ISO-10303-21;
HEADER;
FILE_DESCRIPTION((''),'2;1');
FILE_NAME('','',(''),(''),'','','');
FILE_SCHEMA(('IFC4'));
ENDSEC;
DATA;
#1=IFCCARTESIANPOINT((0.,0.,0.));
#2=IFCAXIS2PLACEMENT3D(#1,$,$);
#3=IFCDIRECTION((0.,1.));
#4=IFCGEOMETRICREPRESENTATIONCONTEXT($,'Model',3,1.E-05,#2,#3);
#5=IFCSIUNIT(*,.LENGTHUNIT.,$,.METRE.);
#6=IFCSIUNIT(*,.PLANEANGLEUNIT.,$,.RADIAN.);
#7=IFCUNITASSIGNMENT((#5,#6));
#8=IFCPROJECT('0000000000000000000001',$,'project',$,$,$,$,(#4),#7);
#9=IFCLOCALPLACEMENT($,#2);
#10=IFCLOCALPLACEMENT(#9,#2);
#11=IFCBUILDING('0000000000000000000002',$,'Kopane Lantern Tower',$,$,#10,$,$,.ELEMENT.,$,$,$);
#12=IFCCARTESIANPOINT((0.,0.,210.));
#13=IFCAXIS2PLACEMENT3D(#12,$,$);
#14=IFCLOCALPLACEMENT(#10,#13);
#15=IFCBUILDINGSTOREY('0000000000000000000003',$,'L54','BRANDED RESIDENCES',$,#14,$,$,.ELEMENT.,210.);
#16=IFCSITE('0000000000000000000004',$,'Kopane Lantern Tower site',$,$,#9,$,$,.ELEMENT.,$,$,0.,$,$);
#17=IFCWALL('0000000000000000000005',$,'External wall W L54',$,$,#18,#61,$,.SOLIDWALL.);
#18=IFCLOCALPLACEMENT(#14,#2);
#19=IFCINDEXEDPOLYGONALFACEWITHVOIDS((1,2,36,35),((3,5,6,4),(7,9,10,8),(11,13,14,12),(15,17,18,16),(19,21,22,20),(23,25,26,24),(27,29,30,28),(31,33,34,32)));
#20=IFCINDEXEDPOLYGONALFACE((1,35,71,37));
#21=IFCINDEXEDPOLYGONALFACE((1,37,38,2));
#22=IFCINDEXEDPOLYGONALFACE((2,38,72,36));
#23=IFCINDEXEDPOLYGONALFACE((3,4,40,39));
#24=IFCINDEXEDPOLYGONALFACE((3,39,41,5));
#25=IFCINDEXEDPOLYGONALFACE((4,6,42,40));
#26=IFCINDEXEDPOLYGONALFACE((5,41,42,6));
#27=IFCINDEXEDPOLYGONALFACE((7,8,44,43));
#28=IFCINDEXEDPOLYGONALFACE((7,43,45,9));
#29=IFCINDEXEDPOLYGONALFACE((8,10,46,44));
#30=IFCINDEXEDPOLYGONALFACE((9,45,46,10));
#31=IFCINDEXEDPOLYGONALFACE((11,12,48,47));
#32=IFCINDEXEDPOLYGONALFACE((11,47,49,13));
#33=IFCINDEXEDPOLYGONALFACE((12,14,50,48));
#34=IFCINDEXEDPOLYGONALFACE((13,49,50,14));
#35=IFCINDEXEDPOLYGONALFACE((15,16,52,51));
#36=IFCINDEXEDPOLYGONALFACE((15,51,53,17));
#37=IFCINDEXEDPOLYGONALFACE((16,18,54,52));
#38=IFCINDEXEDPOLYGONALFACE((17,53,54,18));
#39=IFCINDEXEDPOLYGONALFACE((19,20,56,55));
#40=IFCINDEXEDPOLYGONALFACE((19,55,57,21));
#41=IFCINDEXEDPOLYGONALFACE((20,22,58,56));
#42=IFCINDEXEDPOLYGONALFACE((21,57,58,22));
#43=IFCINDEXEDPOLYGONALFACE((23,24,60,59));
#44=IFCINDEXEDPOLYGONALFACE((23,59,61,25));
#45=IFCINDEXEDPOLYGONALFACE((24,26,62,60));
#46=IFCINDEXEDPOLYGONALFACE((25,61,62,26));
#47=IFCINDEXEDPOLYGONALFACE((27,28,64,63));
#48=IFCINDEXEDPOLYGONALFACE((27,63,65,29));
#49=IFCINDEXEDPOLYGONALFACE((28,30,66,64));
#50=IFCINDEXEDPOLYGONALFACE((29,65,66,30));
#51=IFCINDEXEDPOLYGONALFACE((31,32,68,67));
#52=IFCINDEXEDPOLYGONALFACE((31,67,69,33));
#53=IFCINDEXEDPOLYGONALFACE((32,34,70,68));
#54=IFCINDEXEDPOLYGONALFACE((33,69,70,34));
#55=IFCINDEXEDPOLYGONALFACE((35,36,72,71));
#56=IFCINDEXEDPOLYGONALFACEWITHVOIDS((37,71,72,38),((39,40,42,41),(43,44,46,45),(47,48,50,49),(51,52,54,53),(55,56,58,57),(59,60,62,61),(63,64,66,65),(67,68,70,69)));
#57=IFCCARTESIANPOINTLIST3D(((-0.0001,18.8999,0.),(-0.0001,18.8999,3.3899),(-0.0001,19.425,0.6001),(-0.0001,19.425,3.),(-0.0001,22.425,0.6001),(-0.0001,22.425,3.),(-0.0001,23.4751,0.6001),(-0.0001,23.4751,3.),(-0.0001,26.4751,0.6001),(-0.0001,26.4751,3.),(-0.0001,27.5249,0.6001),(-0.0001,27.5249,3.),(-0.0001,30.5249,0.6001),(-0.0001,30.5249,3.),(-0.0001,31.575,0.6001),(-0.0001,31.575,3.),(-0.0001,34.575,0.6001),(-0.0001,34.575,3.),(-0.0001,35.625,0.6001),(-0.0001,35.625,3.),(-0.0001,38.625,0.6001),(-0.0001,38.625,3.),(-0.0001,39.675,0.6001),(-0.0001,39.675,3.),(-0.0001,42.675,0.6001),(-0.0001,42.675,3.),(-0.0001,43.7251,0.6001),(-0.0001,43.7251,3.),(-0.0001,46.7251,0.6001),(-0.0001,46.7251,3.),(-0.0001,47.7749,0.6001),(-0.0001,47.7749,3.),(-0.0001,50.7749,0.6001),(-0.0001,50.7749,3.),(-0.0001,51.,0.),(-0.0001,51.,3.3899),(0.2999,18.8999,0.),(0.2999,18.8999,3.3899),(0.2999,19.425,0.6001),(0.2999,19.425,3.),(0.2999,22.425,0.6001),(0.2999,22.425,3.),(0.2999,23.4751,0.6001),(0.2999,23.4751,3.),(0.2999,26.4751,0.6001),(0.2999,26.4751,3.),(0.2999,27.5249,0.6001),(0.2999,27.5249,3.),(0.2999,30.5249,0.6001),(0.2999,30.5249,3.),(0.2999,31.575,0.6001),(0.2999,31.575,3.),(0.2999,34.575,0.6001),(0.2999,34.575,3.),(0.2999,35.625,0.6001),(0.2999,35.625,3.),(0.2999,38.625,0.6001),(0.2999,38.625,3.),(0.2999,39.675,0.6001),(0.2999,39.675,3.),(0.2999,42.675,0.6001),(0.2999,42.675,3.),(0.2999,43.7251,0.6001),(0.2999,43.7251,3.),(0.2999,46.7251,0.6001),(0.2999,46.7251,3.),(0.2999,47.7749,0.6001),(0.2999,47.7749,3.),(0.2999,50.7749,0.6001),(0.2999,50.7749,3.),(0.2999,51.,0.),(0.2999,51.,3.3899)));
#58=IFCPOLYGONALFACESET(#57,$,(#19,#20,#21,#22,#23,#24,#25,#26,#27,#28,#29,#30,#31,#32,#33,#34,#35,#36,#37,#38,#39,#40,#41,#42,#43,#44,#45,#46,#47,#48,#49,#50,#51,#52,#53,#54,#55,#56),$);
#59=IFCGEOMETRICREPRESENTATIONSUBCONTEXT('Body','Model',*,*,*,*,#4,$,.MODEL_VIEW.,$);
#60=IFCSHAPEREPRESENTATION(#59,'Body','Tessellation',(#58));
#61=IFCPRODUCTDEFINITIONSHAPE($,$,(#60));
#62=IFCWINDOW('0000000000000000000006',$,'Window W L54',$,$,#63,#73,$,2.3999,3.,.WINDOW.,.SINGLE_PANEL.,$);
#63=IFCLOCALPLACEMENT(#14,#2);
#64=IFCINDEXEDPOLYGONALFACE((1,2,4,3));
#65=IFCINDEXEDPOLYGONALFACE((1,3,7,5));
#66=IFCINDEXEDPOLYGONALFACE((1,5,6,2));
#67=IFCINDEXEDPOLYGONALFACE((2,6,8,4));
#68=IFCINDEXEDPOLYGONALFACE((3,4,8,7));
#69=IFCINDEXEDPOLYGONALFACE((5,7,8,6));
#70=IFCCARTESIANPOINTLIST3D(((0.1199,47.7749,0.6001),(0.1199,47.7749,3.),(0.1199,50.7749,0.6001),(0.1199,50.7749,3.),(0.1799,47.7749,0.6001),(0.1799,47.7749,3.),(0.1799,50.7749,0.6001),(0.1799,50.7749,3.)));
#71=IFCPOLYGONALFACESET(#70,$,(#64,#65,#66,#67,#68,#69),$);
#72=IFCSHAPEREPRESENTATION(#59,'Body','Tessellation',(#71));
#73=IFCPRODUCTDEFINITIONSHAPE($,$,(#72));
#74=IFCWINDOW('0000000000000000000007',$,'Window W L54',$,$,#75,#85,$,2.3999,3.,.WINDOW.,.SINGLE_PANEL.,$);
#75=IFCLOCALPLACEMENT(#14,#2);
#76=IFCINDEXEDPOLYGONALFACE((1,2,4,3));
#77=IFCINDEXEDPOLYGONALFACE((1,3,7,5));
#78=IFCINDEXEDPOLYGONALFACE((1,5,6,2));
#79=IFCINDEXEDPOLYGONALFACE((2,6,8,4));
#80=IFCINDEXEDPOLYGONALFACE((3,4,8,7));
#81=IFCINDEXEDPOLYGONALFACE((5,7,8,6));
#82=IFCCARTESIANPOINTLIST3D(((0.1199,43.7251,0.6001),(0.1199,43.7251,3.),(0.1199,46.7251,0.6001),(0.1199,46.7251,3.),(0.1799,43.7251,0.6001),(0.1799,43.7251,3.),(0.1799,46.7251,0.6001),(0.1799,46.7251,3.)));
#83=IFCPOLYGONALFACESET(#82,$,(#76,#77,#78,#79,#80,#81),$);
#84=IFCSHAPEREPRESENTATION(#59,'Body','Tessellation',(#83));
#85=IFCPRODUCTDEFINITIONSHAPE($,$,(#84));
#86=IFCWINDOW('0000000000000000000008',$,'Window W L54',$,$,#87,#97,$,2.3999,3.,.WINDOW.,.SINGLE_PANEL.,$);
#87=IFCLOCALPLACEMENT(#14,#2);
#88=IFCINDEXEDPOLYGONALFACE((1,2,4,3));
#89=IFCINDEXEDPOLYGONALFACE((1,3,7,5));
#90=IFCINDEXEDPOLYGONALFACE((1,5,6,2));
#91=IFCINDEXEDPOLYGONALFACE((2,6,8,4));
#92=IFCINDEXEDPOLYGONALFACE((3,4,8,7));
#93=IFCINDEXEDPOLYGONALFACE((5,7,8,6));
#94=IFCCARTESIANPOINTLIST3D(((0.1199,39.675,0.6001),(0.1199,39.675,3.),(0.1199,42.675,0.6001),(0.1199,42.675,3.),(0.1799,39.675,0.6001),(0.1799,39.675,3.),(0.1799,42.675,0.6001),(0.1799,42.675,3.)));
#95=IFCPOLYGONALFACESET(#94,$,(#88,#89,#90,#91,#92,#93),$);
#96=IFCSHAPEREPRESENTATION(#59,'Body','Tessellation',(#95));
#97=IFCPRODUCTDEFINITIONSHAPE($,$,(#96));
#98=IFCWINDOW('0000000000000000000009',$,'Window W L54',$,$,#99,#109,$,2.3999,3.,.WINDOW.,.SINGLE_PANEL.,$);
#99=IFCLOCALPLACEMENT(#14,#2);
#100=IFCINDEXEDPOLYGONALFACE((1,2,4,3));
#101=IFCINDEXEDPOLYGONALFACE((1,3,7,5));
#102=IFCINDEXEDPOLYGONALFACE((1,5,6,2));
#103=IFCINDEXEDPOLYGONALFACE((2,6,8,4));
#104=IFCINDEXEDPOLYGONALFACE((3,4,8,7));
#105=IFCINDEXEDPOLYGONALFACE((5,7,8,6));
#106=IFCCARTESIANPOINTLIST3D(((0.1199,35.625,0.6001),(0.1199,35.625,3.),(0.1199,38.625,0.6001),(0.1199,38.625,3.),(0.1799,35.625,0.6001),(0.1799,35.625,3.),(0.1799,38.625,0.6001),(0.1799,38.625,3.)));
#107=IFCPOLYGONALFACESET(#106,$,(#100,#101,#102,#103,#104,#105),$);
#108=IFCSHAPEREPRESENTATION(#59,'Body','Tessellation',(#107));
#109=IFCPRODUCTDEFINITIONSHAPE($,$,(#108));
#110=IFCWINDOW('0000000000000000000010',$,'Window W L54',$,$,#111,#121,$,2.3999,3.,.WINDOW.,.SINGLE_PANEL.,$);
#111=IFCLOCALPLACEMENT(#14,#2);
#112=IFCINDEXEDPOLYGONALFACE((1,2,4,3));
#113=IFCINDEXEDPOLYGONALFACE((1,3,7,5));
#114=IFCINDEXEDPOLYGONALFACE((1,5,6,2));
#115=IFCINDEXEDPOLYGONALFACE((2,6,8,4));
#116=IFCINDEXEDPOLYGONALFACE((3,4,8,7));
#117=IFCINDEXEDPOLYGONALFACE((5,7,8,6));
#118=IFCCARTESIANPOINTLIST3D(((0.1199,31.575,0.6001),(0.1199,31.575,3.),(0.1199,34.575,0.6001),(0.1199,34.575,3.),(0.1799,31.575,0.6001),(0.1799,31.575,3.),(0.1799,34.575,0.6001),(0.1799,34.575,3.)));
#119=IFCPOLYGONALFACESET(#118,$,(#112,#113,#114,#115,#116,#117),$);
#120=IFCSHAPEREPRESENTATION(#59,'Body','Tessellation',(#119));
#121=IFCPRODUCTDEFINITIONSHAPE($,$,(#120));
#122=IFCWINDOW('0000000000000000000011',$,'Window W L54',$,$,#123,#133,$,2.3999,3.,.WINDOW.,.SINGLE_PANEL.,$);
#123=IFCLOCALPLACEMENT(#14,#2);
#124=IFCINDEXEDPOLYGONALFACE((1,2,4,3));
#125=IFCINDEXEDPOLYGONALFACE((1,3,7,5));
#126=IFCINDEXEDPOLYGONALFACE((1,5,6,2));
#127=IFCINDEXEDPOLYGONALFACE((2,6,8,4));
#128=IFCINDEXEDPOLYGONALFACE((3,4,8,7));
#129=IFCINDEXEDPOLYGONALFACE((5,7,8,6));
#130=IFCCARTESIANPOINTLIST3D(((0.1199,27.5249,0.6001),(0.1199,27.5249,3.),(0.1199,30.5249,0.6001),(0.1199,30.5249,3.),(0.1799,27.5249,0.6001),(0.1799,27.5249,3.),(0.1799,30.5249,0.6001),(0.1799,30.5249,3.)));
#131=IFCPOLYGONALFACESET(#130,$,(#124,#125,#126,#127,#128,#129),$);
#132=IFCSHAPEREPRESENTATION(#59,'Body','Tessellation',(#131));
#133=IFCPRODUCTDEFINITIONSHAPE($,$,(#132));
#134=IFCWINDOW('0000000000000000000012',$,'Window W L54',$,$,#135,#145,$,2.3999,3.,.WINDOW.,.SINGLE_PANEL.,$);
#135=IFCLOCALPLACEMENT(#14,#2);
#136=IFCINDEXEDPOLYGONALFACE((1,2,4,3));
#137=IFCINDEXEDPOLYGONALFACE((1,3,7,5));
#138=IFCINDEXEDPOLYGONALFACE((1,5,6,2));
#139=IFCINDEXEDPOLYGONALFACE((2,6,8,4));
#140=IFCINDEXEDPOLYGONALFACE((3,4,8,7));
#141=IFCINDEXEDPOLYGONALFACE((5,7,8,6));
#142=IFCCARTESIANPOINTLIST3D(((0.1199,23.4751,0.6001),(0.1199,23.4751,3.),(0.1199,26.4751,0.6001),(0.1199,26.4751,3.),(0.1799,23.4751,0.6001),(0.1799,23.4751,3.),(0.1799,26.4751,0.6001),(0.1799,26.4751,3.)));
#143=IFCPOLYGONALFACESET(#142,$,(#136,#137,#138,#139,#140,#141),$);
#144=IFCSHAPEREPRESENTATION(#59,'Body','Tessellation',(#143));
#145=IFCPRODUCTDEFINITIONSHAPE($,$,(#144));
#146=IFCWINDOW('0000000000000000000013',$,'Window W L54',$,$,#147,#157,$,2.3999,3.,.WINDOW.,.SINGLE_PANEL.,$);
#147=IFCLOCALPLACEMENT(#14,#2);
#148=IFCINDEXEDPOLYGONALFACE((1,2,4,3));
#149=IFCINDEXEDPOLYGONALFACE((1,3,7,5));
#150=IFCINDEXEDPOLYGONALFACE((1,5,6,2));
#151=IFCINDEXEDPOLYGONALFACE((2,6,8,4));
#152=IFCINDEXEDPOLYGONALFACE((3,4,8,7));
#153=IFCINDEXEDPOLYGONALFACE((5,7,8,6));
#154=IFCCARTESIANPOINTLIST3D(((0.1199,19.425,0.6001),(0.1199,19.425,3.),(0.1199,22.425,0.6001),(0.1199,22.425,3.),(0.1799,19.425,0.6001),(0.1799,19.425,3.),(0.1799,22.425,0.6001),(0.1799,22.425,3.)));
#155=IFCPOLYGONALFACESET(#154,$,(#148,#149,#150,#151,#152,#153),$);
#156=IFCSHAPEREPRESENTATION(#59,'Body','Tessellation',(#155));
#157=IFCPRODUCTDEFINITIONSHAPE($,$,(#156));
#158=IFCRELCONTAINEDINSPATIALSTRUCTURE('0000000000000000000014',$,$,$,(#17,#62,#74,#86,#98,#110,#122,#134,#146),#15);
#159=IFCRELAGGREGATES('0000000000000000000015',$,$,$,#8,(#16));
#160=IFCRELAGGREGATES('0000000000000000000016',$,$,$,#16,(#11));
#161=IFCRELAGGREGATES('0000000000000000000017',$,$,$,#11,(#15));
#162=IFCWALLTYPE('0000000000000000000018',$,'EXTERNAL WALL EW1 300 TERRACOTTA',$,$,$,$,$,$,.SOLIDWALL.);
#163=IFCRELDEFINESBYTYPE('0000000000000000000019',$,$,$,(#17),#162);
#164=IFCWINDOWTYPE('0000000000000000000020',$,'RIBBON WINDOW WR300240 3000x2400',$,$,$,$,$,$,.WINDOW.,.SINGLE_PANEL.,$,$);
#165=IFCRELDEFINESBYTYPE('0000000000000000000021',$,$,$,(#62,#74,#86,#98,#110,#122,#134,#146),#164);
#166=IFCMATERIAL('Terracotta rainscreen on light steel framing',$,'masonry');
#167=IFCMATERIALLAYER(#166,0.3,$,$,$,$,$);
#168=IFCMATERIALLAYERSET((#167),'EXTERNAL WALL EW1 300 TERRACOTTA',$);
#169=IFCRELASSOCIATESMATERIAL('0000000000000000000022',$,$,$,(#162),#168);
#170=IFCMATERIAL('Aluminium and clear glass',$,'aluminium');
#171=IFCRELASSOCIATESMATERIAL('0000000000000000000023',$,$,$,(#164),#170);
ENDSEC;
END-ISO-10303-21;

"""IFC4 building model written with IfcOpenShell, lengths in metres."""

from ifc_helpers import new_model, si_unit, direction, frame, frame_2d, origin, place, context, subcontext, project, spatial, rectangle, extrude, material, layer, layer_set, type_object, element, fill, save


model = new_model("IFC4")

# Units and contexts
model_context = context("Model", 3, precision=1e-05, world=origin(), true_north=direction((0.0, 1.0)))
body_context = subcontext(model_context, "Body", "Model", "MODEL_VIEW")
ifc_project = project(units=[si_unit("LENGTHUNIT", "METRE"), si_unit("PLANEANGLEUNIT", "RADIAN")], contexts=[model_context])

# Site, building, storey
site_placement = place(None, origin())
site = spatial("IfcSite", under=ifc_project, at=site_placement, Name="Kopane Lantern Tower site", CompositionType="ELEMENT", RefElevation=0.0)
building_placement = place(site_placement, origin())
building = spatial("IfcBuilding", under=site, at=building_placement, Name="Kopane Lantern Tower", CompositionType="ELEMENT")
storey_placement = place(building_placement, frame((0.0, 0.0, 210.0)))
storey = spatial("IfcBuildingStorey", under=building, at=storey_placement, Name="L54", Description="BRANDED RESIDENCES", CompositionType="ELEMENT", Elevation=210.0)

# Wall, openings, windows
ifc_material_1 = material(Name="Terracotta rainscreen on light steel framing", Category="masonry")
ifc_layer_1 = layer(ifc_material_1, 0.3)
ifc_layer_set_1 = layer_set([ifc_layer_1], Name="EXTERNAL WALL EW1 300 TERRACOTTA")
wall_type_1 = type_object("IfcWallType", Name="EXTERNAL WALL EW1 300 TERRACOTTA", PredefinedType="SOLIDWALL", material=ifc_layer_set_1)
wall_1_placement = place(storey_placement, frame((0.1499, 51.0, 0.0), z_axis=(0.0, 0.0, 1.0), x_axis=(0.0, -1.0, 0.0)))
wall_1 = element("IfcWall", 1, at=wall_1_placement, inside=storey, type_object=wall_type_1, Name="External wall W L54", PredefinedType="SOLIDWALL", context=body_context, shape_type="SweptSolid", body=[
    extrude(rectangle(XDim=32.1001, YDim=0.3, at=frame_2d((16.05, 0.0))), origin(), (0.0, 0.0, 1.0), 3.3899),
])
opening_1_placement = place(wall_1_placement, frame((0.2251, 0.0, 0.6001)))
opening_1 = element("IfcOpeningElement", 2, at=opening_1_placement, cuts=wall_1, PredefinedType="OPENING", context=body_context, shape_type="SweptSolid", body=[
    extrude(rectangle(XDim=3.0, YDim=2.3999, at=frame_2d((1.5, 1.2))), frame((0.0, 0.1599, 0.0), z_axis=(0.0, -1.0, 0.0), x_axis=(1.0, 0.0, 0.0)), (0.0, 0.0, 1.0), 0.3201),
])
opening_2_placement = place(wall_1_placement, frame((4.2749, 0.0, 0.6001)))
opening_2 = element("IfcOpeningElement", 3, at=opening_2_placement, cuts=wall_1, PredefinedType="OPENING", context=body_context, shape_type="SweptSolid", body=[
    extrude(rectangle(XDim=3.0, YDim=2.3999, at=frame_2d((1.5, 1.2))), frame((0.0, 0.1599, 0.0), z_axis=(0.0, -1.0, 0.0), x_axis=(1.0, 0.0, 0.0)), (0.0, 0.0, 1.0), 0.3201),
])
opening_3_placement = place(wall_1_placement, frame((8.325, 0.0, 0.6001)))
opening_3 = element("IfcOpeningElement", 4, at=opening_3_placement, cuts=wall_1, PredefinedType="OPENING", context=body_context, shape_type="SweptSolid", body=[
    extrude(rectangle(XDim=3.0, YDim=2.3999, at=frame_2d((1.5, 1.2))), frame((0.0, 0.1599, 0.0), z_axis=(0.0, -1.0, 0.0), x_axis=(1.0, 0.0, 0.0)), (0.0, 0.0, 1.0), 0.3201),
])
opening_4_placement = place(wall_1_placement, frame((12.375, 0.0, 0.6001)))
opening_4 = element("IfcOpeningElement", 5, at=opening_4_placement, cuts=wall_1, PredefinedType="OPENING", context=body_context, shape_type="SweptSolid", body=[
    extrude(rectangle(XDim=3.0, YDim=2.3999, at=frame_2d((1.5, 1.2))), frame((0.0, 0.1599, 0.0), z_axis=(0.0, -1.0, 0.0), x_axis=(1.0, 0.0, 0.0)), (0.0, 0.0, 1.0), 0.3201),
])
opening_5_placement = place(wall_1_placement, frame((16.425, 0.0, 0.6001)))
opening_5 = element("IfcOpeningElement", 6, at=opening_5_placement, cuts=wall_1, PredefinedType="OPENING", context=body_context, shape_type="SweptSolid", body=[
    extrude(rectangle(XDim=3.0, YDim=2.3999, at=frame_2d((1.5, 1.2))), frame((0.0, 0.1599, 0.0), z_axis=(0.0, -1.0, 0.0), x_axis=(1.0, 0.0, 0.0)), (0.0, 0.0, 1.0), 0.3201),
])
opening_6_placement = place(wall_1_placement, frame((20.4751, 0.0, 0.6001)))
opening_6 = element("IfcOpeningElement", 7, at=opening_6_placement, cuts=wall_1, PredefinedType="OPENING", context=body_context, shape_type="SweptSolid", body=[
    extrude(rectangle(XDim=3.0, YDim=2.3999, at=frame_2d((1.5, 1.2))), frame((0.0, 0.1599, 0.0), z_axis=(0.0, -1.0, 0.0), x_axis=(1.0, 0.0, 0.0)), (0.0, 0.0, 1.0), 0.3201),
])
opening_7_placement = place(wall_1_placement, frame((24.5249, 0.0, 0.6001)))
opening_7 = element("IfcOpeningElement", 8, at=opening_7_placement, cuts=wall_1, PredefinedType="OPENING", context=body_context, shape_type="SweptSolid", body=[
    extrude(rectangle(XDim=3.0, YDim=2.3999, at=frame_2d((1.5, 1.2))), frame((0.0, 0.1599, 0.0), z_axis=(0.0, -1.0, 0.0), x_axis=(1.0, 0.0, 0.0)), (0.0, 0.0, 1.0), 0.3201),
])
opening_8_placement = place(wall_1_placement, frame((28.575, 0.0, 0.6001)))
opening_8 = element("IfcOpeningElement", 9, at=opening_8_placement, cuts=wall_1, PredefinedType="OPENING", context=body_context, shape_type="SweptSolid", body=[
    extrude(rectangle(XDim=3.0, YDim=2.3999, at=frame_2d((1.5, 1.2))), frame((0.0, 0.1599, 0.0), z_axis=(0.0, -1.0, 0.0), x_axis=(1.0, 0.0, 0.0)), (0.0, 0.0, 1.0), 0.3201),
])
ifc_material_2 = material(Name="Aluminium and clear glass", Category="aluminium")
window_type = type_object("IfcWindowType", Name="RIBBON WINDOW WR300240 3000x2400", PartitioningType="SINGLE_PANEL", PredefinedType="WINDOW", material=ifc_material_2)
window_1_placement = place(opening_1_placement, origin())
window_1 = element("IfcWindow", 10, at=window_1_placement, inside=storey, type_object=window_type, Name="Window W L54", OverallHeight=2.3999, OverallWidth=3.0, PartitioningType="SINGLE_PANEL", PredefinedType="WINDOW", context=body_context, shape_type="SweptSolid", body=[
    extrude(rectangle(XDim=3.0, YDim=2.3999, at=frame_2d((1.5, 1.2))), frame((0.0, 0.03, 0.0), z_axis=(0.0, -1.0, 0.0), x_axis=(1.0, 0.0, 0.0)), (0.0, 0.0, 1.0), 0.0601),
])
fill(opening_1, window_1)
window_2_placement = place(opening_2_placement, origin())
window_2 = element("IfcWindow", 11, at=window_2_placement, inside=storey, type_object=window_type, Name="Window W L54", OverallHeight=2.3999, OverallWidth=3.0, PartitioningType="SINGLE_PANEL", PredefinedType="WINDOW", context=body_context, shape_type="SweptSolid", body=[
    extrude(rectangle(XDim=3.0, YDim=2.3999, at=frame_2d((1.5, 1.2))), frame((0.0, 0.03, 0.0), z_axis=(0.0, -1.0, 0.0), x_axis=(1.0, 0.0, 0.0)), (0.0, 0.0, 1.0), 0.0601),
])
fill(opening_2, window_2)
window_3_placement = place(opening_3_placement, origin())
window_3 = element("IfcWindow", 12, at=window_3_placement, inside=storey, type_object=window_type, Name="Window W L54", OverallHeight=2.3999, OverallWidth=3.0, PartitioningType="SINGLE_PANEL", PredefinedType="WINDOW", context=body_context, shape_type="SweptSolid", body=[
    extrude(rectangle(XDim=3.0, YDim=2.3999, at=frame_2d((1.5, 1.2))), frame((0.0, 0.03, 0.0), z_axis=(0.0, -1.0, 0.0), x_axis=(1.0, 0.0, 0.0)), (0.0, 0.0, 1.0), 0.0601),
])
fill(opening_3, window_3)
window_4_placement = place(opening_4_placement, origin())
window_4 = element("IfcWindow", 13, at=window_4_placement, inside=storey, type_object=window_type, Name="Window W L54", OverallHeight=2.3999, OverallWidth=3.0, PartitioningType="SINGLE_PANEL", PredefinedType="WINDOW", context=body_context, shape_type="SweptSolid", body=[
    extrude(rectangle(XDim=3.0, YDim=2.3999, at=frame_2d((1.5, 1.2))), frame((0.0, 0.03, 0.0), z_axis=(0.0, -1.0, 0.0), x_axis=(1.0, 0.0, 0.0)), (0.0, 0.0, 1.0), 0.0601),
])
fill(opening_4, window_4)
window_5_placement = place(opening_5_placement, origin())
window_5 = element("IfcWindow", 14, at=window_5_placement, inside=storey, type_object=window_type, Name="Window W L54", OverallHeight=2.3999, OverallWidth=3.0, PartitioningType="SINGLE_PANEL", PredefinedType="WINDOW", context=body_context, shape_type="SweptSolid", body=[
    extrude(rectangle(XDim=3.0, YDim=2.3999, at=frame_2d((1.5, 1.2))), frame((0.0, 0.03, 0.0), z_axis=(0.0, -1.0, 0.0), x_axis=(1.0, 0.0, 0.0)), (0.0, 0.0, 1.0), 0.0601),
])
fill(opening_5, window_5)
window_6_placement = place(opening_6_placement, origin())
window_6 = element("IfcWindow", 15, at=window_6_placement, inside=storey, type_object=window_type, Name="Window W L54", OverallHeight=2.3999, OverallWidth=3.0, PartitioningType="SINGLE_PANEL", PredefinedType="WINDOW", context=body_context, shape_type="SweptSolid", body=[
    extrude(rectangle(XDim=3.0, YDim=2.3999, at=frame_2d((1.5, 1.2))), frame((0.0, 0.03, 0.0), z_axis=(0.0, -1.0, 0.0), x_axis=(1.0, 0.0, 0.0)), (0.0, 0.0, 1.0), 0.0601),
])
fill(opening_6, window_6)
window_7_placement = place(opening_7_placement, origin())
window_7 = element("IfcWindow", 16, at=window_7_placement, inside=storey, type_object=window_type, Name="Window W L54", OverallHeight=2.3999, OverallWidth=3.0, PartitioningType="SINGLE_PANEL", PredefinedType="WINDOW", context=body_context, shape_type="SweptSolid", body=[
    extrude(rectangle(XDim=3.0, YDim=2.3999, at=frame_2d((1.5, 1.2))), frame((0.0, 0.03, 0.0), z_axis=(0.0, -1.0, 0.0), x_axis=(1.0, 0.0, 0.0)), (0.0, 0.0, 1.0), 0.0601),
])
fill(opening_7, window_7)
window_8_placement = place(opening_8_placement, origin())
window_8 = element("IfcWindow", 17, at=window_8_placement, inside=storey, type_object=window_type, Name="Window W L54", OverallHeight=2.3999, OverallWidth=3.0, PartitioningType="SINGLE_PANEL", PredefinedType="WINDOW", context=body_context, shape_type="SweptSolid", body=[
    extrude(rectangle(XDim=3.0, YDim=2.3999, at=frame_2d((1.5, 1.2))), frame((0.0, 0.03, 0.0), z_axis=(0.0, -1.0, 0.0), x_axis=(1.0, 0.0, 0.0)), (0.0, 0.0, 1.0), 0.0601),
])
fill(opening_8, window_8)

save(model, "model.ifc")
